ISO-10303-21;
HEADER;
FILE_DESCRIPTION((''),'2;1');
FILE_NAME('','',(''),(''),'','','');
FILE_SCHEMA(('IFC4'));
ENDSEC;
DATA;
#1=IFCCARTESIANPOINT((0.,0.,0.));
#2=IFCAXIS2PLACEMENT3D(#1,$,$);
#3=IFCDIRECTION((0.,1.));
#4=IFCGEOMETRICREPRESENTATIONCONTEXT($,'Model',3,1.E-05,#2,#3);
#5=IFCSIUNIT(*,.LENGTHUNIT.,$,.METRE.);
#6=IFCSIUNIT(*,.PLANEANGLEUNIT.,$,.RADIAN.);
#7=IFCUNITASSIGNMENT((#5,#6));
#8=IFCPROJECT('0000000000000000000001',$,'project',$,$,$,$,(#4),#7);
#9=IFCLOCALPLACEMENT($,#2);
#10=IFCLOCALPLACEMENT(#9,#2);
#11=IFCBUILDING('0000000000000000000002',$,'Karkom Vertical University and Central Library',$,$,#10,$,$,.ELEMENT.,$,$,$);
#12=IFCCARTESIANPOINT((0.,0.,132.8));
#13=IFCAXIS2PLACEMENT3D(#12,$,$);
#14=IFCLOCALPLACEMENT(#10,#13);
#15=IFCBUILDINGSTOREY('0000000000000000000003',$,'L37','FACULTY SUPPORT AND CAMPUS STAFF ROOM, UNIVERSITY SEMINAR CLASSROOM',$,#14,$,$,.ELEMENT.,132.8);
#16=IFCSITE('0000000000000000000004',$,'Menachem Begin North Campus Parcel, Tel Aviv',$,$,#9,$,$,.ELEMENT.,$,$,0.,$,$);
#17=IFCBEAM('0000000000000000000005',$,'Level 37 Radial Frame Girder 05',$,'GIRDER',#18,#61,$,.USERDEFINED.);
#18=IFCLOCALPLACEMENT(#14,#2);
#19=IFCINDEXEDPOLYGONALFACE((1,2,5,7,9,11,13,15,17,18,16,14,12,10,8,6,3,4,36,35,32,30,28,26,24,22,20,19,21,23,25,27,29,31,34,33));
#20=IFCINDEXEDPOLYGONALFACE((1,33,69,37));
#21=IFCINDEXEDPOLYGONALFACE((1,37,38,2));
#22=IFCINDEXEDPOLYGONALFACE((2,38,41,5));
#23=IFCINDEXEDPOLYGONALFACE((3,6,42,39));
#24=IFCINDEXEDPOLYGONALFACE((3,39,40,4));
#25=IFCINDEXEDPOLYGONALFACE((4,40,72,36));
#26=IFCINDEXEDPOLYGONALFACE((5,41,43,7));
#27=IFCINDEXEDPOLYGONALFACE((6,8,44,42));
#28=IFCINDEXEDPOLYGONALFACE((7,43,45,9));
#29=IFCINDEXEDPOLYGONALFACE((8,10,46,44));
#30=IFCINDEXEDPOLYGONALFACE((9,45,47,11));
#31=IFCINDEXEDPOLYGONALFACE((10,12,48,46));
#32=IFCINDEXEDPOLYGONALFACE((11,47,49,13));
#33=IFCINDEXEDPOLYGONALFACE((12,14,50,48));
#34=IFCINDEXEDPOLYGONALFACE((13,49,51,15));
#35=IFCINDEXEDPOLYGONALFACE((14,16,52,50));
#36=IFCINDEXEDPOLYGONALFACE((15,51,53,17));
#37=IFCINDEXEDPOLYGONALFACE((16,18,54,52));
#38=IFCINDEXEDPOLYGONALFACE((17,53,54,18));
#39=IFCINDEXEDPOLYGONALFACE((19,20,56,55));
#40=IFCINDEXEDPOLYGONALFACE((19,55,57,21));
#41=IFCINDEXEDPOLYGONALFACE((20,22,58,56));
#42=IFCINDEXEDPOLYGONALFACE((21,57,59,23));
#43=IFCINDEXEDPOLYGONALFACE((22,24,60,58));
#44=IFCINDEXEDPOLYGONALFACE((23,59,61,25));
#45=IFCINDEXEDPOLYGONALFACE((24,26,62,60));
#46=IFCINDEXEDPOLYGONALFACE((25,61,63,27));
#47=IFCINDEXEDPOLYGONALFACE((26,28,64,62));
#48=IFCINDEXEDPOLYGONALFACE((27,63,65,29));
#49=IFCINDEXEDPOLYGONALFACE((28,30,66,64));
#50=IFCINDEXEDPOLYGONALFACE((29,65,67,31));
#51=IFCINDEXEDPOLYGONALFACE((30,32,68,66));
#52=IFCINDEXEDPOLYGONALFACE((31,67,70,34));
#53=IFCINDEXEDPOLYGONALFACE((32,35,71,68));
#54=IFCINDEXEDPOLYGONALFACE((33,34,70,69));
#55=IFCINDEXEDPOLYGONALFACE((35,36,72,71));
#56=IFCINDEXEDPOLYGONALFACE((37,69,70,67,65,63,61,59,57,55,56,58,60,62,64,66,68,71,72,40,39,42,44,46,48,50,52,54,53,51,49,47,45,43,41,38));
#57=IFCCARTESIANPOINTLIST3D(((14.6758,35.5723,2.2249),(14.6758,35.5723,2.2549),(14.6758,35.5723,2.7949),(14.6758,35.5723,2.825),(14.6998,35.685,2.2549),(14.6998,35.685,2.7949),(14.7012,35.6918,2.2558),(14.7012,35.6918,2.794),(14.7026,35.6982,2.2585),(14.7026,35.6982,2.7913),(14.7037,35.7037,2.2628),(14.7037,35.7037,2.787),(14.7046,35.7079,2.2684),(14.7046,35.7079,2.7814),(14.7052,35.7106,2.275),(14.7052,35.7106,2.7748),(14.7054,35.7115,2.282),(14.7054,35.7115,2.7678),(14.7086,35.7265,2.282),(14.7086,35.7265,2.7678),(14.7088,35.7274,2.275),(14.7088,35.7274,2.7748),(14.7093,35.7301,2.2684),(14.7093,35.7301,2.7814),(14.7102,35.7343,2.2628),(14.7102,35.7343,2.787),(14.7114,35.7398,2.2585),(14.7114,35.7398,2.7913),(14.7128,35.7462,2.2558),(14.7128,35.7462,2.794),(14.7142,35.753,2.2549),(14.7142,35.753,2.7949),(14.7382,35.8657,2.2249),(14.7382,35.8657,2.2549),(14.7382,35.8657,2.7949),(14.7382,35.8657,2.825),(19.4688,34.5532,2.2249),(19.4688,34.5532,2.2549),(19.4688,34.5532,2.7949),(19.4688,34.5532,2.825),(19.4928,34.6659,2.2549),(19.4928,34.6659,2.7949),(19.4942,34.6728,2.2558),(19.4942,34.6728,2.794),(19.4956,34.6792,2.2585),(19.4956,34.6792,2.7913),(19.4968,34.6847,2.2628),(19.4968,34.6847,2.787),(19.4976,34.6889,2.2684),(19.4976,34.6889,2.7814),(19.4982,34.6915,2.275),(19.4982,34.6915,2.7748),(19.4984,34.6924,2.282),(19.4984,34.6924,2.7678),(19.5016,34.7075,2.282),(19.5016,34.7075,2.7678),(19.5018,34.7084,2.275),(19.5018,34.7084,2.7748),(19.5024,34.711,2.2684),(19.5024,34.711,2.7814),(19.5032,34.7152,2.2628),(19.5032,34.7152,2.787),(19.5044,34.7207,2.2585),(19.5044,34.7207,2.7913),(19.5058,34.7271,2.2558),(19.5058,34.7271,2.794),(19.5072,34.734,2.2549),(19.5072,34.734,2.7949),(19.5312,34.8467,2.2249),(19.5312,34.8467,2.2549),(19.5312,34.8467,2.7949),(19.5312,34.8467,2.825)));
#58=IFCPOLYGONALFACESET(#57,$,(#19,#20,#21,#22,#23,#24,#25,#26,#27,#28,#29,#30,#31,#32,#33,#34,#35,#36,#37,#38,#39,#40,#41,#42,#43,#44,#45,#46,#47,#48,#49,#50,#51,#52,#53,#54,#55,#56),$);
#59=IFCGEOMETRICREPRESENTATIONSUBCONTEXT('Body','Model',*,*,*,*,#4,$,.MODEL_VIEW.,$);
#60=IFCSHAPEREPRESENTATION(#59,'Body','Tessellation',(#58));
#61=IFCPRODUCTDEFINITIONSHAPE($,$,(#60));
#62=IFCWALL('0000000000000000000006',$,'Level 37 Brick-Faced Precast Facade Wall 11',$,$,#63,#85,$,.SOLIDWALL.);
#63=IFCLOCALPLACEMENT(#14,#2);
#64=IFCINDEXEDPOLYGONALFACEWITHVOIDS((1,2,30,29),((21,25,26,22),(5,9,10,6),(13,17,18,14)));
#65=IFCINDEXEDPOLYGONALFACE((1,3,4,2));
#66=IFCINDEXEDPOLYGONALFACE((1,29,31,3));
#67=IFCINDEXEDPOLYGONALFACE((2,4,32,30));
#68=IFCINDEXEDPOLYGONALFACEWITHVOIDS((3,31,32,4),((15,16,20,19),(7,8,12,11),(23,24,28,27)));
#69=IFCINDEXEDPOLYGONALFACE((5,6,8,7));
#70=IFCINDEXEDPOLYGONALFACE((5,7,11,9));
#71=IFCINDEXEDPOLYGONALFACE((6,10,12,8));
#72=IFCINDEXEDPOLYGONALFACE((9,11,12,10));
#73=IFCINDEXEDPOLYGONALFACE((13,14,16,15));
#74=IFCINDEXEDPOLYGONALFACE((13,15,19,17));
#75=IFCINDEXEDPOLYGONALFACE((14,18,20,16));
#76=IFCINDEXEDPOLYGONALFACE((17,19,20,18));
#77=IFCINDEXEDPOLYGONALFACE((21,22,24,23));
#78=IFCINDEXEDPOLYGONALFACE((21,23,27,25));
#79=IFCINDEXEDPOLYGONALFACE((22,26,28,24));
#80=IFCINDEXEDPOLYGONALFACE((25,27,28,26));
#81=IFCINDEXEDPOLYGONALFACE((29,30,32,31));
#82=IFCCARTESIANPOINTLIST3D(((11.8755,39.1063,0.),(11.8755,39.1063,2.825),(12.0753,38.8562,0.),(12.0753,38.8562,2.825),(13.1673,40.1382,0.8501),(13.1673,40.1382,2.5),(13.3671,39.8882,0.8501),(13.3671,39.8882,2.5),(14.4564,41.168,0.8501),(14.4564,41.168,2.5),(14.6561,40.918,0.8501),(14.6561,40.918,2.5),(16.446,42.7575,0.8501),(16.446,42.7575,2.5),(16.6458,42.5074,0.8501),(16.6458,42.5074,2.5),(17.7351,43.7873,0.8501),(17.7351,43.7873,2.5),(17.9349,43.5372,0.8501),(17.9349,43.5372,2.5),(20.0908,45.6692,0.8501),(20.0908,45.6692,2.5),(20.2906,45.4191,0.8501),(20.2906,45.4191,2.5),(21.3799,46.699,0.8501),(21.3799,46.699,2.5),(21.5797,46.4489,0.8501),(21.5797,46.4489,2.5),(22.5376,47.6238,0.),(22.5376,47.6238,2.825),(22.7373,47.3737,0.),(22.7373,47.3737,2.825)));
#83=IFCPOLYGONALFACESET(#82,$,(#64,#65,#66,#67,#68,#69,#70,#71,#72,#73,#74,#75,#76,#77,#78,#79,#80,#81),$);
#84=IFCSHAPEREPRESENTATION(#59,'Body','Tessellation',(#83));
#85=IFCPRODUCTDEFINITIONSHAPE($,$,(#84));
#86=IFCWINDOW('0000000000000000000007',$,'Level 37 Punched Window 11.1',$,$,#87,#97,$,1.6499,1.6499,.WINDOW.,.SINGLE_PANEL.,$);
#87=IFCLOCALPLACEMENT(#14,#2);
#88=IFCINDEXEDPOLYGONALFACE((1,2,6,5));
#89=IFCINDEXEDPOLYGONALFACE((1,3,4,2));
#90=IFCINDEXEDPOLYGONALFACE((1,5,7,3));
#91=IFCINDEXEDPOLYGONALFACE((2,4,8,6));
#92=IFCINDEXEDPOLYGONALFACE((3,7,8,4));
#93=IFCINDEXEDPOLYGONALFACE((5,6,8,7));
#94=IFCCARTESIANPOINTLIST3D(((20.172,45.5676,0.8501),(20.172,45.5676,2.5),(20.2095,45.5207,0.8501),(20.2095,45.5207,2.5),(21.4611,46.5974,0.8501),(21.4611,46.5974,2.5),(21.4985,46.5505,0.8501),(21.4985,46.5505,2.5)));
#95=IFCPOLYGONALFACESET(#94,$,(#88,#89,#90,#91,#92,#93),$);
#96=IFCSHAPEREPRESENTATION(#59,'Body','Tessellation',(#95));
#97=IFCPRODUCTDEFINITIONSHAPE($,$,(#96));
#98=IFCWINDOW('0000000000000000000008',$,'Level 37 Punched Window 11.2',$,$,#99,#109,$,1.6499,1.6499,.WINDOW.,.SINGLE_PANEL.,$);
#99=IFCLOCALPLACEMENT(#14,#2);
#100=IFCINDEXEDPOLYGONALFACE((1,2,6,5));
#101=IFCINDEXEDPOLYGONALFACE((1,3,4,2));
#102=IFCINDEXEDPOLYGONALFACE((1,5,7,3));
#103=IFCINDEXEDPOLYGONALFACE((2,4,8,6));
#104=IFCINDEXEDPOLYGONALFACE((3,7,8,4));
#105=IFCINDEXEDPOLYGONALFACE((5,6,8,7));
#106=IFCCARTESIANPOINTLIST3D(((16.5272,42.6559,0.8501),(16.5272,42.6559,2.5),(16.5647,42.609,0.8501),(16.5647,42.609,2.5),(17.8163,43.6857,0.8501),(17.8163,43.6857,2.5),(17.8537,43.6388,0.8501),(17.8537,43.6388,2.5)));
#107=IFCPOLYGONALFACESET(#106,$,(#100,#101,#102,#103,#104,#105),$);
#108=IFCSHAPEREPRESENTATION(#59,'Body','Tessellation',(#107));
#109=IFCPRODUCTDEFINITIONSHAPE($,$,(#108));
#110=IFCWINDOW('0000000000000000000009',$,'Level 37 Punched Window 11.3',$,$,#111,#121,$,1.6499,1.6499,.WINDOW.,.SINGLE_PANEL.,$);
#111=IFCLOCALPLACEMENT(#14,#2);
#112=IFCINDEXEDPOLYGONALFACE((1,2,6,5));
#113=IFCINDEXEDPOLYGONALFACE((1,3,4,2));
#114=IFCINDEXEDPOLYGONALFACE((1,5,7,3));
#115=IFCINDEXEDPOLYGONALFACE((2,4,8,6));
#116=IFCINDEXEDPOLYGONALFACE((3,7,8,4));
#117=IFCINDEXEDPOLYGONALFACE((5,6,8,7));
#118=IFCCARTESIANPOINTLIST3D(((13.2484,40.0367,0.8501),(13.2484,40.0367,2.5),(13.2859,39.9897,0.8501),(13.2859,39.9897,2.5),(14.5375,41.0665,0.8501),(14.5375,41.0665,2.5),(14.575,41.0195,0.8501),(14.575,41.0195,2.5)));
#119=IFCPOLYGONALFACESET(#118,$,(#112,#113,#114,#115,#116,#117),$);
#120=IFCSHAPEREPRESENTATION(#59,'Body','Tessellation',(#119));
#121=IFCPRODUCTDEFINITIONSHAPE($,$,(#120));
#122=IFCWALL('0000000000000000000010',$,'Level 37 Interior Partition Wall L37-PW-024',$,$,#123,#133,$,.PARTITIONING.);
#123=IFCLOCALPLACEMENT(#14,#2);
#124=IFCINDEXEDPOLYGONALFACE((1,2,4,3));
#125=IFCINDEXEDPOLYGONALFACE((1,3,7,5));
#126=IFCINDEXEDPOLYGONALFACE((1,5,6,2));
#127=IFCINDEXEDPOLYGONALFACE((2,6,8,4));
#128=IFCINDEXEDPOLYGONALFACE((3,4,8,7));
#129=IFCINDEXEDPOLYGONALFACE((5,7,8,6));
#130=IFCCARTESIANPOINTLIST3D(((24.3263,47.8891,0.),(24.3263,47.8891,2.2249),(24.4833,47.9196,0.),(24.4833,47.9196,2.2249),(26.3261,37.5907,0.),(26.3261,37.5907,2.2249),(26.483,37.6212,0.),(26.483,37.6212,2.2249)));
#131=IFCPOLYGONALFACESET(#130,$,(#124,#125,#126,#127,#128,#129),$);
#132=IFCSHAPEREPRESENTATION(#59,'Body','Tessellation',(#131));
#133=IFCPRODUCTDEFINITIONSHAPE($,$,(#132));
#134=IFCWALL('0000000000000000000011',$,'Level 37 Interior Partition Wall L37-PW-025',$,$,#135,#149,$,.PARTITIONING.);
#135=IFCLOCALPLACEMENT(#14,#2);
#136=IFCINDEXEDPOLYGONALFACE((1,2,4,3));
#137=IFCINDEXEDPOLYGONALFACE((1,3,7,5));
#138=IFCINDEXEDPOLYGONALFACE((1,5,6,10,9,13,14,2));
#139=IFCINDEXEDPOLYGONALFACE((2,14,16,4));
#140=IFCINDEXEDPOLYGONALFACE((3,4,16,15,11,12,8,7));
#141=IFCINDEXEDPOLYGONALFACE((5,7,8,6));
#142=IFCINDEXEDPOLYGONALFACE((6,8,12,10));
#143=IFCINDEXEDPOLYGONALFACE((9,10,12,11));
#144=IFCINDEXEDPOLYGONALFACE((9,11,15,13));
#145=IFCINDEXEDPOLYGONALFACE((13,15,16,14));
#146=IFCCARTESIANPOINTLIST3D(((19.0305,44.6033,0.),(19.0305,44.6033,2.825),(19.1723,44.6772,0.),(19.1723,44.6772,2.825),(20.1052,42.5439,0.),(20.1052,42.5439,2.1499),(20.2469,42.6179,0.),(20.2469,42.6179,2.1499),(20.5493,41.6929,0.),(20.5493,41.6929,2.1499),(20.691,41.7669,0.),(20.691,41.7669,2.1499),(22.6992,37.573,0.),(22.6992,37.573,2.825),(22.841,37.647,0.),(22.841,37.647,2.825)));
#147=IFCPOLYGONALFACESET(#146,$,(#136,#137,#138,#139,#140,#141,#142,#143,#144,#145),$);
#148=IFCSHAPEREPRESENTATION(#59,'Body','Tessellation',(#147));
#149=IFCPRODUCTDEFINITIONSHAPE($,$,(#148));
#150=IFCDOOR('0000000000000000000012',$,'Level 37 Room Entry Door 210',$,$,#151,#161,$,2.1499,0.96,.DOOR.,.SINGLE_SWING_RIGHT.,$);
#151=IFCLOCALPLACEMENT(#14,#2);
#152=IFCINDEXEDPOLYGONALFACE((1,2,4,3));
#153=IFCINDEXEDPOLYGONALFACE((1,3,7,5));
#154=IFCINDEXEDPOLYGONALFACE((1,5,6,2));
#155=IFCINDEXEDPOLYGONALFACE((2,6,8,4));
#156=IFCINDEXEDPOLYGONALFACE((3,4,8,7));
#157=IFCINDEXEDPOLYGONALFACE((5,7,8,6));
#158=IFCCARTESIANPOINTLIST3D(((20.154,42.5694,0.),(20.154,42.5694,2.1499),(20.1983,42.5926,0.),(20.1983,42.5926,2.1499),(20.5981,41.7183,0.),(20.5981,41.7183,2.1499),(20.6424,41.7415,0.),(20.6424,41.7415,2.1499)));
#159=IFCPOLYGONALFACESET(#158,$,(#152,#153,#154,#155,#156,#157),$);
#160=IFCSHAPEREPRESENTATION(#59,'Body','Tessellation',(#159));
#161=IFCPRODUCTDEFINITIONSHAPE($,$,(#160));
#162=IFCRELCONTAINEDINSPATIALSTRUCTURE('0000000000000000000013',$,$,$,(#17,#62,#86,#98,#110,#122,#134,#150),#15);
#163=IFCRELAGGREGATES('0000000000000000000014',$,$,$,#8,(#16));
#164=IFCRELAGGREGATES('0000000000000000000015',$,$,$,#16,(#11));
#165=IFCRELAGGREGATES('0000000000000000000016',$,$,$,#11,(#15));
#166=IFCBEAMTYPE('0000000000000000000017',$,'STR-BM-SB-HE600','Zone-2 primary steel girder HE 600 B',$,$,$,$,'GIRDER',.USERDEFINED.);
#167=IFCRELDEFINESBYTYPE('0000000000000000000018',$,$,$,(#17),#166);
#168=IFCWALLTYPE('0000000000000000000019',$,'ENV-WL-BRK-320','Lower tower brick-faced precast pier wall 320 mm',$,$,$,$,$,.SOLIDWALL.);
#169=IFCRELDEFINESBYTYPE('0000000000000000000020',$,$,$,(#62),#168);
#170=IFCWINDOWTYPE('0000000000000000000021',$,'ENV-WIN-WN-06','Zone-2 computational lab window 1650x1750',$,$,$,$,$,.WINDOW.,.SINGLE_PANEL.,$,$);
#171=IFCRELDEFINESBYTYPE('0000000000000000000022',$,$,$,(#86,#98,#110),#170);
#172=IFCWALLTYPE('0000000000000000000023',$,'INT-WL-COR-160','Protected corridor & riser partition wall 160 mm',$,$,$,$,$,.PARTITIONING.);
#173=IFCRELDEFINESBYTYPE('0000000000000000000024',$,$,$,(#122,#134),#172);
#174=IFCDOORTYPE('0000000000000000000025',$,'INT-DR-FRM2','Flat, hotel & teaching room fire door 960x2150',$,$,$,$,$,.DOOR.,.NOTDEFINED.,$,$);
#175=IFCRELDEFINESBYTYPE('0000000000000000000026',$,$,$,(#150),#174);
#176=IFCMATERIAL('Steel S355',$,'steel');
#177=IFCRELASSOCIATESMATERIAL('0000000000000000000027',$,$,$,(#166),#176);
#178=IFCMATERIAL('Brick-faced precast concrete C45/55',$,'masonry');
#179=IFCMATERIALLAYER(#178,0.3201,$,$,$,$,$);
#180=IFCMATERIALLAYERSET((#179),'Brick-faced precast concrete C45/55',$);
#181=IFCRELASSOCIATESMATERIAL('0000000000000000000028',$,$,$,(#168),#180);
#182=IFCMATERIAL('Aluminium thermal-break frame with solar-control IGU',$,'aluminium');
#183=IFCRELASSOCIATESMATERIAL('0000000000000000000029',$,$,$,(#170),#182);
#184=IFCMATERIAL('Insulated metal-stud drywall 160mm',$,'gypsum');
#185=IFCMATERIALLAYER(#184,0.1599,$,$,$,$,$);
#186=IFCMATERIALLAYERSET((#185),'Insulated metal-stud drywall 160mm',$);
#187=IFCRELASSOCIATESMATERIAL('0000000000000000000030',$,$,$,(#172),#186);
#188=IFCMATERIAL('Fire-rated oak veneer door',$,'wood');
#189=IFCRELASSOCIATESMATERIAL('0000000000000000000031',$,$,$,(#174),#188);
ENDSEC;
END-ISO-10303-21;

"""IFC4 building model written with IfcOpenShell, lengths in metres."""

from ifc_helpers import new_model, si_unit, direction, frame, frame_2d, origin, origin_with_axes, origin_2d, place, context, subcontext, project, spatial, rectangle, i_section, extrude, source, transform, mapped, material, layer, layer_set, material_profile, profile_set, type_object, element, fill, save


model = new_model("IFC4")

# Units and contexts
model_context = context("Model", 3, precision=1e-05, world=origin(), true_north=direction((0.0, 1.0)))
body_context = subcontext(model_context, "Body", "Model", "MODEL_VIEW")
ifc_project = project(units=[si_unit("LENGTHUNIT", "METRE"), si_unit("PLANEANGLEUNIT", "RADIAN")], contexts=[model_context])

# Site, building, storey
site_placement = place(None, origin())
site = spatial("IfcSite", under=ifc_project, at=site_placement, Name="Menachem Begin North Campus Parcel, Tel Aviv", CompositionType="ELEMENT", RefElevation=0.0)
building_placement = place(site_placement, origin())
building = spatial("IfcBuilding", under=site, at=building_placement, Name="Karkom Vertical University and Central Library", CompositionType="ELEMENT")
storey_placement = place(building_placement, frame((0.0, 0.0, 132.8)))
storey = spatial("IfcBuildingStorey", under=building, at=storey_placement, Name="L37", Description="FACULTY SUPPORT AND CAMPUS STAFF ROOM, UNIVERSITY SEMINAR CLASSROOM", CompositionType="ELEMENT", Elevation=132.8)

# Beam
ifc_material_1 = material(Name="Steel S355", Category="steel")
ifc_material_profile_1 = material_profile(ifc_material_1, i_section(OverallWidth=0.3, OverallDepth=0.6001, WebThickness=0.0154, FlangeThickness=0.03, FilletRadius=0.0271, at=origin_2d()), Name="HE 600 B")
ifc_profile_set_1 = profile_set([ifc_material_profile_1], Name="Steel S355")
beam_type_1 = type_object("IfcBeamType", Name="STR-BM-SB-HE600", Description="Zone-2 primary steel girder HE 600 B", ElementType="GIRDER", PredefinedType="USERDEFINED", material=ifc_profile_set_1)
shared_shape_1 = source(origin_with_axes(), body_context, "Body", "SweptSolid", [
    extrude(i_section(OverallWidth=0.3, OverallDepth=0.6001, WebThickness=0.0154, FlangeThickness=0.03, FilletRadius=0.0271, at=origin_2d()), origin(), (0.0, 0.0, 1.0), 4.9001),
])
beam_1_placement = place(storey_placement, frame((19.5, 34.7, 2.5249), z_axis=(-0.978137, 0.207964, 0.0), x_axis=(-0.207964, -0.978137, 0.0)))
element("IfcBeam", 1, at=beam_1_placement, inside=storey, type_object=beam_type_1, Name="Level 37 Radial Frame Girder 05", ObjectType="GIRDER", PredefinedType="USERDEFINED", context=body_context, shape_type="MappedRepresentation", body=[
    mapped(shared_shape_1, transform((0.0, 0.0, 0.0), scale=1.0)),
])

# Wall, openings, windows
ifc_material_2 = material(Name="Brick-faced precast concrete C45/55", Category="masonry")
ifc_layer_1 = layer(ifc_material_2, 0.3201)
ifc_layer_set_1 = layer_set([ifc_layer_1], Name="Brick-faced precast concrete C45/55")
wall_type_1 = type_object("IfcWallType", Name="ENV-WL-BRK-320", Description="Lower tower brick-faced precast pier wall 320 mm", PredefinedType="SOLIDWALL", material=ifc_layer_set_1)
wall_1_placement = place(storey_placement, frame((22.6375, 47.4988, 0.0), z_axis=(0.0, 0.0, 1.0), x_axis=(-0.781301, -0.624154, 0.0)))
wall_1 = element("IfcWall", 2, at=wall_1_placement, inside=storey, type_object=wall_type_1, Name="Level 37 Brick-Faced Precast Facade Wall 11", PredefinedType="SOLIDWALL", context=body_context, shape_type="SweptSolid", body=[
    extrude(rectangle(XDim=13.6465, YDim=0.3201, at=frame_2d((6.8232, 0.0))), origin(), (0.0, 0.0, 1.0), 2.825),
])
opening_1_placement = place(wall_1_placement, frame((1.4817, 0.0, 0.8501)))
opening_1 = element("IfcOpeningElement", 3, at=opening_1_placement, cuts=wall_1, PredefinedType="OPENING", context=body_context, shape_type="SweptSolid", body=[
    extrude(rectangle(XDim=1.6499, YDim=1.6499, at=frame_2d((0.825, 0.825))), frame((0.0, 0.1699, 0.0), z_axis=(0.0, -1.0, 0.0), x_axis=(1.0, 0.0, 0.0)), (0.0, 0.0, 1.0), 0.3401),
])
opening_2_placement = place(wall_1_placement, frame((6.1467, 0.0, 0.8501)))
opening_2 = element("IfcOpeningElement", 4, at=opening_2_placement, cuts=wall_1, PredefinedType="OPENING", context=body_context, shape_type="SweptSolid", body=[
    extrude(rectangle(XDim=1.6499, YDim=1.6499, at=frame_2d((0.825, 0.825))), frame((0.0, 0.1699, 0.0), z_axis=(0.0, -1.0, 0.0), x_axis=(1.0, 0.0, 0.0)), (0.0, 0.0, 1.0), 0.3401),
])
opening_3_placement = place(wall_1_placement, frame((10.3433, 0.0, 0.8501)))
opening_3 = element("IfcOpeningElement", 5, at=opening_3_placement, cuts=wall_1, PredefinedType="OPENING", context=body_context, shape_type="SweptSolid", body=[
    extrude(rectangle(XDim=1.6499, YDim=1.6499, at=frame_2d((0.825, 0.825))), frame((0.0, 0.1699, 0.0), z_axis=(0.0, -1.0, 0.0), x_axis=(1.0, 0.0, 0.0)), (0.0, 0.0, 1.0), 0.3401),
])
ifc_material_3 = material(Name="Aluminium thermal-break frame with solar-control IGU", Category="aluminium")
window_type = type_object("IfcWindowType", Name="ENV-WIN-WN-06", Description="Zone-2 computational lab window 1650x1750", PartitioningType="SINGLE_PANEL", PredefinedType="WINDOW", material=ifc_material_3)
shared_shape_2 = source(origin_with_axes(), body_context, "Body", "SweptSolid", [
    extrude(rectangle(XDim=1.6499, YDim=1.6499, at=frame_2d((0.825, 0.825))), frame((0.0, 0.03, 0.0), z_axis=(0.0, -1.0, 0.0), x_axis=(1.0, 0.0, 0.0)), (0.0, 0.0, 1.0), 0.0601),
])
window_1_placement = place(opening_1_placement, origin())
window_1 = element("IfcWindow", 6, at=window_1_placement, inside=storey, type_object=window_type, Name="Level 37 Punched Window 11.1", OverallHeight=1.6499, OverallWidth=1.6499, PartitioningType="SINGLE_PANEL", PredefinedType="WINDOW", context=body_context, shape_type="MappedRepresentation", body=[
    mapped(shared_shape_2, transform((0.0, 0.0, 0.0), scale=1.0)),
])
fill(opening_1, window_1)
window_2_placement = place(opening_2_placement, origin())
window_2 = element("IfcWindow", 7, at=window_2_placement, inside=storey, type_object=window_type, Name="Level 37 Punched Window 11.2", OverallHeight=1.6499, OverallWidth=1.6499, PartitioningType="SINGLE_PANEL", PredefinedType="WINDOW", context=body_context, shape_type="MappedRepresentation", body=[
    mapped(shared_shape_2, transform((0.0, 0.0, 0.0), scale=1.0)),
])
fill(opening_2, window_2)
window_3_placement = place(opening_3_placement, origin())
window_3 = element("IfcWindow", 8, at=window_3_placement, inside=storey, type_object=window_type, Name="Level 37 Punched Window 11.3", OverallHeight=1.6499, OverallWidth=1.6499, PartitioningType="SINGLE_PANEL", PredefinedType="WINDOW", context=body_context, shape_type="MappedRepresentation", body=[
    mapped(shared_shape_2, transform((0.0, 0.0, 0.0), scale=1.0)),
])
fill(opening_3, window_3)

# Wall
ifc_material_4 = material(Name="Insulated metal-stud drywall 160mm", Category="gypsum")
ifc_layer_2 = layer(ifc_material_4, 0.1599)
ifc_layer_set_2 = layer_set([ifc_layer_2], Name="Insulated metal-stud drywall 160mm")
wall_type_2 = type_object("IfcWallType", Name="INT-WL-COR-160", Description="Protected corridor & riser partition wall 160 mm", PredefinedType="PARTITIONING", material=ifc_layer_set_2)
wall_2_placement = place(storey_placement, frame((26.4045, 37.606, 0.0), z_axis=(0.0, 0.0, 1.0), x_axis=(-0.190622, 0.981664, 0.0)))
element("IfcWall", 9, at=wall_2_placement, inside=storey, type_object=wall_type_2, Name="Level 37 Interior Partition Wall L37-PW-024", PredefinedType="PARTITIONING", context=body_context, shape_type="SweptSolid", body=[
    extrude(rectangle(XDim=10.4907, YDim=0.1599, at=frame_2d((5.2454, 0.0))), origin(), (0.0, 0.0, 1.0), 2.2249),
])

# Wall, opening, door
wall_3_placement = place(storey_placement, frame((22.77, 37.6101, 0.0), z_axis=(0.0, 0.0, 1.0), x_axis=(-0.462639, 0.886547, 0.0)))
wall_3 = element("IfcWall", 10, at=wall_3_placement, inside=storey, type_object=wall_type_2, Name="Level 37 Interior Partition Wall L37-PW-025", PredefinedType="PARTITIONING", context=body_context, shape_type="SweptSolid", body=[
    extrude(rectangle(XDim=7.9299, YDim=0.1599, at=frame_2d((3.9648, 0.0))), origin(), (0.0, 0.0, 1.0), 2.825),
])
opening_4_placement = place(wall_3_placement, frame((4.647, 0.0, 0.0)))
opening_4 = element("IfcOpeningElement", 11, at=opening_4_placement, cuts=wall_3, PredefinedType="OPENING", context=body_context, shape_type="SweptSolid", body=[
    extrude(rectangle(XDim=0.96, YDim=2.1499, at=frame_2d((0.48, 1.075))), frame((0.0, 0.0898, 0.0), z_axis=(0.0, -1.0, 0.0), x_axis=(1.0, 0.0, 0.0)), (0.0, 0.0, 1.0), 0.1799),
])
ifc_material_5 = material(Name="Fire-rated oak veneer door", Category="wood")
door_type_1 = type_object("IfcDoorType", Name="INT-DR-FRM2", Description="Flat, hotel & teaching room fire door 960x2150", OperationType="NOTDEFINED", PredefinedType="DOOR", material=ifc_material_5)
shared_shape_3 = source(origin_with_axes(), body_context, "Body", "SweptSolid", [
    extrude(rectangle(XDim=0.96, YDim=2.1499, at=frame_2d((0.48, 1.075))), frame((0.0, 0.0249, 0.0), z_axis=(0.0, -1.0, 0.0), x_axis=(1.0, 0.0, 0.0)), (0.0, 0.0, 1.0), 0.05),
])
door_1_placement = place(opening_4_placement, origin())
door_1 = element("IfcDoor", 12, at=door_1_placement, inside=storey, type_object=door_type_1, Name="Level 37 Room Entry Door 210", OperationType="SINGLE_SWING_RIGHT", OverallHeight=2.1499, OverallWidth=0.96, PredefinedType="DOOR", context=body_context, shape_type="MappedRepresentation", body=[
    mapped(shared_shape_3, transform((0.0, 0.0, 0.0), scale=1.0)),
])
fill(opening_4, door_1)

save(model, "model.ifc")
